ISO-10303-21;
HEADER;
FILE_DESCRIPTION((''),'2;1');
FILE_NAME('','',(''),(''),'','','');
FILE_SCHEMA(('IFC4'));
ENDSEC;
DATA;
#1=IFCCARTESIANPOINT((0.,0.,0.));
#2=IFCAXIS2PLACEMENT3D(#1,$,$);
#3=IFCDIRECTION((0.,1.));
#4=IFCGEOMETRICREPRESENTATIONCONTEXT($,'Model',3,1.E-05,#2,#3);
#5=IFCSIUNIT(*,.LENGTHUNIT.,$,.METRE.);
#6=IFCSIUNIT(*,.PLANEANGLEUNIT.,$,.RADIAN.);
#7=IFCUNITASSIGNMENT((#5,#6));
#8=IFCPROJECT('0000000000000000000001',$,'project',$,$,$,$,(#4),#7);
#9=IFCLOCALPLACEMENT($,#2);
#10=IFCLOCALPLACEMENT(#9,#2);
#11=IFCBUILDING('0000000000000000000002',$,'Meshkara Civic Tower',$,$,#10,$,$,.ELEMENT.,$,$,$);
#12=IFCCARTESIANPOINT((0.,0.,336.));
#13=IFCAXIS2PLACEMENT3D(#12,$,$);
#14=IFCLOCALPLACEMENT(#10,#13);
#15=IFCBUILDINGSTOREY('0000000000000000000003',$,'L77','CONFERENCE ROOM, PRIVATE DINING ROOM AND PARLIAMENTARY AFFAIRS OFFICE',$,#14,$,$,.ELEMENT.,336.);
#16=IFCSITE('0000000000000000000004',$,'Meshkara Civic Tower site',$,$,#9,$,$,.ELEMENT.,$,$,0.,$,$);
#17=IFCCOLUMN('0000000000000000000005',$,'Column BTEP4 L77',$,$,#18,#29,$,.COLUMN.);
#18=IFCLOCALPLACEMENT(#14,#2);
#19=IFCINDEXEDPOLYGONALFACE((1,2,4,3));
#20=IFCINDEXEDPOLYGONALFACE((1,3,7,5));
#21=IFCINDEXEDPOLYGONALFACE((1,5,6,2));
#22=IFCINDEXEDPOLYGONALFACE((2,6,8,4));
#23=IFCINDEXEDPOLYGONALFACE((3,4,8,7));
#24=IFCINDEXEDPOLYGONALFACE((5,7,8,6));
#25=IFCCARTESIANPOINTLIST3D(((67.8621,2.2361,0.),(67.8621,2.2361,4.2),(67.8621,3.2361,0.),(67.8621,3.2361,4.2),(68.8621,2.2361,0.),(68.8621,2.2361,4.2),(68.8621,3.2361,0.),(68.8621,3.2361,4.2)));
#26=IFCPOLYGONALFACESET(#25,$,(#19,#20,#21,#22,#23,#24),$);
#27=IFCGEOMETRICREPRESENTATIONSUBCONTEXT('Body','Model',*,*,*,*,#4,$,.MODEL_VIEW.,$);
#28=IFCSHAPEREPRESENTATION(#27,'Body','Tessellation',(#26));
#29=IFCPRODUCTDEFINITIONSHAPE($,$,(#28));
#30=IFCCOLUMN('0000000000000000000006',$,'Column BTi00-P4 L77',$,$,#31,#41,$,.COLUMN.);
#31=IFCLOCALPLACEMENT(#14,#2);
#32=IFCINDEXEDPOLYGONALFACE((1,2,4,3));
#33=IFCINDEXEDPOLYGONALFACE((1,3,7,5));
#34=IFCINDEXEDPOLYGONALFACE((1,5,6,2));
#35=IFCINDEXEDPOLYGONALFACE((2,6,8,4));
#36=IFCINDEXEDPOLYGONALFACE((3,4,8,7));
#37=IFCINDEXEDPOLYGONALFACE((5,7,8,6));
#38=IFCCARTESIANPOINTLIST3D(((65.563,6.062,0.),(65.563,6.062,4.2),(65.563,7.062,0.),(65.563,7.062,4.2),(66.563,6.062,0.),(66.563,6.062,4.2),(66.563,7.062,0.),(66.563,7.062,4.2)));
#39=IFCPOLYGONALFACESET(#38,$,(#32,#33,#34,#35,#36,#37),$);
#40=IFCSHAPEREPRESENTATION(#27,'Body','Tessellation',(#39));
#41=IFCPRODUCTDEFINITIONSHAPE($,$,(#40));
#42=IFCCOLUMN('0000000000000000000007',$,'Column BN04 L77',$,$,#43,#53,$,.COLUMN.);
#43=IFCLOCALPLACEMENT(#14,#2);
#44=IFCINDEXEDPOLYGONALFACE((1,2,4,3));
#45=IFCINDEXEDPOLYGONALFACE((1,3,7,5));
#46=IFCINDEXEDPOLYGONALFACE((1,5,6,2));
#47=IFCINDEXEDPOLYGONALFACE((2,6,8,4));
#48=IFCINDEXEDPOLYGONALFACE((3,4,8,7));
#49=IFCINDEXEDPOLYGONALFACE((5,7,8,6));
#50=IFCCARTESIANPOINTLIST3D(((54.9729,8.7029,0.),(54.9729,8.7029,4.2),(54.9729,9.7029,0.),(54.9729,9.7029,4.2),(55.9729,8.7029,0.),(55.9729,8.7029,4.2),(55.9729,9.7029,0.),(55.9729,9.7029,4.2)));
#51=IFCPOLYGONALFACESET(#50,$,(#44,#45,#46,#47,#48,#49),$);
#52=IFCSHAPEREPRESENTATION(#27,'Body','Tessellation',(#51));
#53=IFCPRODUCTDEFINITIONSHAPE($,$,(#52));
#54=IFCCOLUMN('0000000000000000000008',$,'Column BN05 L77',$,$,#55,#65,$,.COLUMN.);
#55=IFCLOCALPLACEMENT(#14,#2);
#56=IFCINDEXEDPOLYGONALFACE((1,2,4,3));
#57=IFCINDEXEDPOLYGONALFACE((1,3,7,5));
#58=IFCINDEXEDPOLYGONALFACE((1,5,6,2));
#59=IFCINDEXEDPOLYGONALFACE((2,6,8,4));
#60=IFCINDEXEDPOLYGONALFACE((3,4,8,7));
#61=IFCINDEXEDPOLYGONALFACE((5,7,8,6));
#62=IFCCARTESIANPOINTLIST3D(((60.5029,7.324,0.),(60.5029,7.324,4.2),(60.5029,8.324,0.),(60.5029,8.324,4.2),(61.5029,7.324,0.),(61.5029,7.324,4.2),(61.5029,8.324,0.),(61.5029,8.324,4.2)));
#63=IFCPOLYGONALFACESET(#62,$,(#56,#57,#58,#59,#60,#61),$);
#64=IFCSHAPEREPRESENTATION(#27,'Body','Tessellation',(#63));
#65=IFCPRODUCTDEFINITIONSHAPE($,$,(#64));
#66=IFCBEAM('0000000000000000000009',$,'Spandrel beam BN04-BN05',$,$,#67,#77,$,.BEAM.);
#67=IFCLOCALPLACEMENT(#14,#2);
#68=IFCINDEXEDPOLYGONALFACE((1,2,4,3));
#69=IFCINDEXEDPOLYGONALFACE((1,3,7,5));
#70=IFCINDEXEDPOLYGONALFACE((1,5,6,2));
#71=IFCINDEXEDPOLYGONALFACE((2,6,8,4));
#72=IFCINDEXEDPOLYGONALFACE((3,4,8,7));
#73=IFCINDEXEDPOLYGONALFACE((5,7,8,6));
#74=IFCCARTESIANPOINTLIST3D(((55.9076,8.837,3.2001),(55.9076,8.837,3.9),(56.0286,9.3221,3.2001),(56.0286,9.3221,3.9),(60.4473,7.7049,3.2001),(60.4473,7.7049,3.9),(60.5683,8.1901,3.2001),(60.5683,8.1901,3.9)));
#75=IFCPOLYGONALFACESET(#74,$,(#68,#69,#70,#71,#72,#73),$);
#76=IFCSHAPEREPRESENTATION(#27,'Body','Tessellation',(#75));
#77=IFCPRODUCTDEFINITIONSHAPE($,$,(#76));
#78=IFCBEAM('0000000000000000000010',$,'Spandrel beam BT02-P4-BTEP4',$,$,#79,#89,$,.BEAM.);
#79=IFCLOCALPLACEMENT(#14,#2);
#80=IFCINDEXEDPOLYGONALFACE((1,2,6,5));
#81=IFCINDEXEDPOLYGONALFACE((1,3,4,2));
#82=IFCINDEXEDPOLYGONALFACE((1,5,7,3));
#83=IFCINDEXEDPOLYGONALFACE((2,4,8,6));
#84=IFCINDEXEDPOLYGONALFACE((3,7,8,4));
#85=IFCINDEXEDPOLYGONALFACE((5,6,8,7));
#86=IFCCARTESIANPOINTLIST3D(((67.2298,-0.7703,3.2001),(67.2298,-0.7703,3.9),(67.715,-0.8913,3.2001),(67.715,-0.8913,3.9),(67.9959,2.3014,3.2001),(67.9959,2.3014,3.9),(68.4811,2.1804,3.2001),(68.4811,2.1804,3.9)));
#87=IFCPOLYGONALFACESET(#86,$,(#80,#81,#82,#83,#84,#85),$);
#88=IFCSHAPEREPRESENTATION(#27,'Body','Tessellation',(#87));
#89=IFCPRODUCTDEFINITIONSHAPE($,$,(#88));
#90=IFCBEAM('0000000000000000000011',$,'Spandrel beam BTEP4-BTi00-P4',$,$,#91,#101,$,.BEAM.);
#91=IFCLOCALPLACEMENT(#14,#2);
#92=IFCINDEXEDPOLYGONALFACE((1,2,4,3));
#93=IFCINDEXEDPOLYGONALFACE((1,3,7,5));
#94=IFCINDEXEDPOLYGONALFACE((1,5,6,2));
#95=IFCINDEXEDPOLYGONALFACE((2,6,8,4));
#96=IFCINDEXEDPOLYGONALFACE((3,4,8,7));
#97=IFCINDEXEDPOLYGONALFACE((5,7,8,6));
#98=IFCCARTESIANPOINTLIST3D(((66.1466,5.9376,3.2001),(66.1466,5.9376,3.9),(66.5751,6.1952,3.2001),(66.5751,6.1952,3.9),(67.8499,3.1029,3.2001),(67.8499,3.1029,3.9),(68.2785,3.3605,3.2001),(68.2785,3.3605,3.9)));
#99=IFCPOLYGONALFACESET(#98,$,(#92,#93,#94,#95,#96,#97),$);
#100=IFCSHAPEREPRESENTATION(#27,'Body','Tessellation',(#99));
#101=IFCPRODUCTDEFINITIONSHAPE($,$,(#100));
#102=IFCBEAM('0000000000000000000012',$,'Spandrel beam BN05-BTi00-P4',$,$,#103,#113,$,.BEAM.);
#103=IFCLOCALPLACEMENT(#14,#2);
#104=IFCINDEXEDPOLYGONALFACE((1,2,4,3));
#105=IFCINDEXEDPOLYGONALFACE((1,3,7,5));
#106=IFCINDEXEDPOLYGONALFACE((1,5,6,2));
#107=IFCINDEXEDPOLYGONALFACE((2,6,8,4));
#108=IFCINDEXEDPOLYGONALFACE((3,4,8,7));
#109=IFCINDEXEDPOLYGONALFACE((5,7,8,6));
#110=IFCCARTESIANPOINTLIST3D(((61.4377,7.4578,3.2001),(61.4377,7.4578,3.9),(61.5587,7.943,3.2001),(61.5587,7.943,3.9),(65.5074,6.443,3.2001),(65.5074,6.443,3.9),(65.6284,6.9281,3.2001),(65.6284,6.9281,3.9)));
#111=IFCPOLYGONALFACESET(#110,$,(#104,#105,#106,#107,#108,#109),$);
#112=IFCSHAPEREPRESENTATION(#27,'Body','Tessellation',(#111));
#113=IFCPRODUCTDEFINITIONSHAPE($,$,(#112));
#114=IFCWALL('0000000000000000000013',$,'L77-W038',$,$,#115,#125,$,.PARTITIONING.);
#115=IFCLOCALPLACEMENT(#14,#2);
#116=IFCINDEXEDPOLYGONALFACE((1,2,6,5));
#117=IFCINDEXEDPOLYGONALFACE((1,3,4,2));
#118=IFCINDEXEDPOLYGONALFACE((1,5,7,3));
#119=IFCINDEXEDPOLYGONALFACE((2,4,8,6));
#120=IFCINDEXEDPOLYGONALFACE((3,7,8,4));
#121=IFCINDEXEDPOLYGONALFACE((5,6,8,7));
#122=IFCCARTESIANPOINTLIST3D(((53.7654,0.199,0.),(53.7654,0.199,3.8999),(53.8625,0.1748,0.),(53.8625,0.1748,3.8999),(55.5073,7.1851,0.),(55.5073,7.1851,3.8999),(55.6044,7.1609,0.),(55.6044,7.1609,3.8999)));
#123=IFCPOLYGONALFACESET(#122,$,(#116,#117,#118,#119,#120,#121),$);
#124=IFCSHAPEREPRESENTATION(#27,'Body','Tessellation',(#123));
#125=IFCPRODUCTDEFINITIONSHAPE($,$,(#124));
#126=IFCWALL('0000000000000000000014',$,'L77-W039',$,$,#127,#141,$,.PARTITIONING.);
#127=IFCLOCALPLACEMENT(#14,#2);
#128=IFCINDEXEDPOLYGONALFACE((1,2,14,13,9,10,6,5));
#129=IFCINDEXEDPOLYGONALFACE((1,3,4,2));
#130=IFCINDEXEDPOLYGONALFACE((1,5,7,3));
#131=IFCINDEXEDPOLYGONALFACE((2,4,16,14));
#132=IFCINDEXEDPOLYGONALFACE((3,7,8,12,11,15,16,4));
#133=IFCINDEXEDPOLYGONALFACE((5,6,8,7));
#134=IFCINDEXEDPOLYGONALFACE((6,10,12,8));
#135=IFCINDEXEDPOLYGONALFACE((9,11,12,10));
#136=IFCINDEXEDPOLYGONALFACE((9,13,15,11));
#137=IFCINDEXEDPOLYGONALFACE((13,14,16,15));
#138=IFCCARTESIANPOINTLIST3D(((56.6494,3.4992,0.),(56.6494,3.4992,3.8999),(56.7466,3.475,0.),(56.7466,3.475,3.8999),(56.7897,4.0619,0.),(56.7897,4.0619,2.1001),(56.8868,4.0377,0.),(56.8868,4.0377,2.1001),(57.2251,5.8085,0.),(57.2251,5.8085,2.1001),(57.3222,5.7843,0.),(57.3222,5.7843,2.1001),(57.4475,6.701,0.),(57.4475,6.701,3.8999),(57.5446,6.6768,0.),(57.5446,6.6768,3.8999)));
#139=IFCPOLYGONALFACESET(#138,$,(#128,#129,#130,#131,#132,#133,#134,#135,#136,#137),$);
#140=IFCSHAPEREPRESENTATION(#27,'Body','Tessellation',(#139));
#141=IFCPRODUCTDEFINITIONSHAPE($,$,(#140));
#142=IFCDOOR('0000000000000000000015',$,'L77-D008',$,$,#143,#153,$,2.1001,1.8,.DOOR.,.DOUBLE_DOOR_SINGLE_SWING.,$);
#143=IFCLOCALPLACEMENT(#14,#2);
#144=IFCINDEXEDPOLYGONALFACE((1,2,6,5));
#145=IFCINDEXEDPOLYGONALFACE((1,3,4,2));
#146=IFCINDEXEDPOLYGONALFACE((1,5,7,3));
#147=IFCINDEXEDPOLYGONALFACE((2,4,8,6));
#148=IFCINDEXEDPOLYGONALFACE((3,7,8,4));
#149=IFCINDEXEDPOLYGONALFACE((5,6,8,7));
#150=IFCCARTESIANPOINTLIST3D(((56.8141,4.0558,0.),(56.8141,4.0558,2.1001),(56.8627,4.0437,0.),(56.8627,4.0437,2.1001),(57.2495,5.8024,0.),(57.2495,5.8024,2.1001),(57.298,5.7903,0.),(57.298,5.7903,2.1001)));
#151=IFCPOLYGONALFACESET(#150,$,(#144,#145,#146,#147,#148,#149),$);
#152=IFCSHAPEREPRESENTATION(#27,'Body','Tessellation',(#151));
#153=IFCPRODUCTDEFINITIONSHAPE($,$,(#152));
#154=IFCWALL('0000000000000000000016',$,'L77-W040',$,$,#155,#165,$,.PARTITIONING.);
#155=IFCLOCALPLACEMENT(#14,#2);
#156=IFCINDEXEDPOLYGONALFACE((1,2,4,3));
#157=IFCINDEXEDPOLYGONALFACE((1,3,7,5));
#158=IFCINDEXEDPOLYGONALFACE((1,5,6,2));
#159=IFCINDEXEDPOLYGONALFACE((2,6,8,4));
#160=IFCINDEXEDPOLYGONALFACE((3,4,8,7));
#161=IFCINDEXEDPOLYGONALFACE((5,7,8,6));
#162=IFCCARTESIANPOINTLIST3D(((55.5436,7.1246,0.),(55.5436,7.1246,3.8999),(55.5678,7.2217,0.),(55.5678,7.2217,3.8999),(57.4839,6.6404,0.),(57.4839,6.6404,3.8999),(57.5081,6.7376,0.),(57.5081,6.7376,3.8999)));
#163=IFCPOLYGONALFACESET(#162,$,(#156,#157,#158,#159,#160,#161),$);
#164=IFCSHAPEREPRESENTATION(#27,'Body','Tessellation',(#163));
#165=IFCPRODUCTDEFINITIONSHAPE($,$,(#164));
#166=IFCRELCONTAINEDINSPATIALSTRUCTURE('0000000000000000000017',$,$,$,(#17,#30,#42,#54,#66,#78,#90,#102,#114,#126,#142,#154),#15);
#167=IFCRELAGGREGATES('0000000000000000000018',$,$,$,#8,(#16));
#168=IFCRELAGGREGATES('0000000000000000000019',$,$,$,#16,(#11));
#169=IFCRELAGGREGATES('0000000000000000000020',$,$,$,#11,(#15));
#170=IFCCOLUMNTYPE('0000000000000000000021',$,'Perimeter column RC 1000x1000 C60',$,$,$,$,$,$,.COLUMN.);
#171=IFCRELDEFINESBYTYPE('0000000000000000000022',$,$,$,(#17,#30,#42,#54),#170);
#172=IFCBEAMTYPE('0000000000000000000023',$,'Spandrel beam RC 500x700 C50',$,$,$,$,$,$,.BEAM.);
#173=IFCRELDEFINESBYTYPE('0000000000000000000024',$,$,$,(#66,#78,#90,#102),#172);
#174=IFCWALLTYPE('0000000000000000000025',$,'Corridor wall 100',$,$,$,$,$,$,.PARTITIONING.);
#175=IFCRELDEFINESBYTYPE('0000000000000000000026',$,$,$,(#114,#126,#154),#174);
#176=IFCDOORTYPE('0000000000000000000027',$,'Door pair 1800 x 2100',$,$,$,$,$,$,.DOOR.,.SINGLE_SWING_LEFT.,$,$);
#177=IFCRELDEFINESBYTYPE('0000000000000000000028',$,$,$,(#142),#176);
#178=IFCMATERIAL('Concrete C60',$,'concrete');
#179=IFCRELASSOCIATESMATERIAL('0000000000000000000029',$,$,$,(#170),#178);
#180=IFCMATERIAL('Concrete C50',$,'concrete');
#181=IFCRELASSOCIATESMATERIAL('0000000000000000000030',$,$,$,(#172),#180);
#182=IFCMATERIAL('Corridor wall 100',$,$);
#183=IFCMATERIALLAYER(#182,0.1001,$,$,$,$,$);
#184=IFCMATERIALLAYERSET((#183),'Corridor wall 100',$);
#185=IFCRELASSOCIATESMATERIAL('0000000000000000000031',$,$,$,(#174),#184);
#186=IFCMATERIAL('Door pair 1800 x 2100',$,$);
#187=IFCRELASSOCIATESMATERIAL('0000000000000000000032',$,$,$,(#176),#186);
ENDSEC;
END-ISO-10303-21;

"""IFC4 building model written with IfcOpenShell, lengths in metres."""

from ifc_helpers import new_model, si_unit, direction, frame, frame_2d, origin, origin_2d, place, context, subcontext, project, spatial, rectangle, extrude, material, layer, layer_set, material_profile, profile_set, type_object, element, fill, save


model = new_model("IFC4")

# Units and contexts
model_context = context("Model", 3, precision=1e-05, world=origin(), true_north=direction((0.0, 1.0)))
body_context = subcontext(model_context, "Body", "Model", "MODEL_VIEW")
ifc_project = project(units=[si_unit("LENGTHUNIT", "METRE"), si_unit("PLANEANGLEUNIT", "RADIAN")], contexts=[model_context])

# Site, building, storey
site_placement = place(None, origin())
site = spatial("IfcSite", under=ifc_project, at=site_placement, Name="Meshkara Civic Tower site", CompositionType="ELEMENT", RefElevation=0.0)
building_placement = place(site_placement, origin())
building = spatial("IfcBuilding", under=site, at=building_placement, Name="Meshkara Civic Tower", CompositionType="ELEMENT")
storey_placement = place(building_placement, frame((0.0, 0.0, 336.0)))
storey = spatial("IfcBuildingStorey", under=building, at=storey_placement, Name="L77", Description="CONFERENCE ROOM, PRIVATE DINING ROOM AND PARLIAMENTARY AFFAIRS OFFICE", CompositionType="ELEMENT", Elevation=336.0)

# Columns
ifc_material_1 = material(Name="Concrete C60", Category="concrete")
ifc_material_profile_1 = material_profile(ifc_material_1, rectangle(XDim=1.0, YDim=1.0, at=origin_2d()))
ifc_profile_set_1 = profile_set([ifc_material_profile_1], Name="Concrete C60")
column_type = type_object("IfcColumnType", Name="Perimeter column RC 1000x1000 C60", PredefinedType="COLUMN", material=ifc_profile_set_1)
for number, where, z_axis, x_axis, name in (
    (1, (68.3621, 2.7361, 0.0), (0.0, 0.0, 1.0), (1.0, 0.0, 0.0), "Column BTEP4 L77"),
    (2, (66.063, 6.562, 0.0), (0.0, 0.0, 1.0), (1.0, 0.0, 0.0), "Column BTi00-P4 L77"),
    (3, (55.4729, 9.2029, 0.0), (0.0, 0.0, 1.0), (1.0, 0.0, 0.0), "Column BN04 L77"),
    (4, (61.0029, 7.824, 0.0), (0.0, 0.0, 1.0), (1.0, 0.0, 0.0), "Column BN05 L77"),
):
    element("IfcColumn", number, at=place(storey_placement, frame(where, z_axis=z_axis, x_axis=x_axis)), inside=storey, type_object=column_type, Name=name, PredefinedType="COLUMN", context=body_context, shape_type="SweptSolid", body=[
        extrude(rectangle(XDim=1.0, YDim=1.0, at=origin_2d()), origin(), (0.0, 0.0, 1.0), 4.2),
    ])

# Beams
ifc_material_2 = material(Name="Concrete C50", Category="concrete")
ifc_material_profile_2 = material_profile(ifc_material_2, rectangle(XDim=0.5, YDim=0.7, at=origin_2d()))
ifc_profile_set_2 = profile_set([ifc_material_profile_2], Name="Concrete C50")
beam_type = type_object("IfcBeamType", Name="Spandrel beam RC 500x700 C50", PredefinedType="BEAM", material=ifc_profile_set_2)
beam_1_placement = place(storey_placement, frame((60.5078, 7.9475, 3.55), z_axis=(-0.970287, 0.241959, 0.0), x_axis=(-0.241959, -0.970287, 0.0)))
element("IfcBeam", 5, at=beam_1_placement, inside=storey, type_object=beam_type, Name="Spandrel beam BN04-BN05", PredefinedType="BEAM", context=body_context, shape_type="SweptSolid", body=[
    extrude(rectangle(XDim=0.5, YDim=0.7, at=origin_2d()), origin(), (0.0, 0.0, 1.0), 4.6787),
])
beam_2_placement = place(storey_placement, frame((67.4724, -0.8308, 3.55), z_axis=(0.241991, 0.970278, 0.0), x_axis=(-0.970278, 0.241991, 0.0)))
element("IfcBeam", 6, at=beam_2_placement, inside=storey, type_object=beam_type, Name="Spandrel beam BT02-P4-BTEP4", PredefinedType="BEAM", context=body_context, shape_type="SweptSolid", body=[
    extrude(rectangle(XDim=0.5, YDim=0.7, at=origin_2d()), origin(), (0.0, 0.0, 1.0), 3.1658),
])
beam_3_placement = place(storey_placement, frame((68.0642, 3.2317, 3.55), z_axis=(-0.51506, 0.857154, 0.0), x_axis=(-0.857154, -0.51506, 0.0)))
element("IfcBeam", 7, at=beam_3_placement, inside=storey, type_object=beam_type, Name="Spandrel beam BTEP4-BTi00-P4", PredefinedType="BEAM", context=body_context, shape_type="SweptSolid", body=[
    extrude(rectangle(XDim=0.5, YDim=0.7, at=origin_2d()), origin(), (0.0, 0.0, 1.0), 3.3071),
])
beam_4_placement = place(storey_placement, frame((65.5679, 6.6855, 3.55), z_axis=(-0.970286, 0.24196, 0.0), x_axis=(-0.24196, -0.970286, 0.0)))
element("IfcBeam", 8, at=beam_4_placement, inside=storey, type_object=beam_type, Name="Spandrel beam BN05-BTi00-P4", PredefinedType="BEAM", context=body_context, shape_type="SweptSolid", body=[
    extrude(rectangle(XDim=0.5, YDim=0.7, at=origin_2d()), origin(), (0.0, 0.0, 1.0), 4.1943),
])

# Wall
ifc_material_3 = material(Name="Corridor wall 100")
ifc_layer_1 = layer(ifc_material_3, 0.1001)
ifc_layer_set_1 = layer_set([ifc_layer_1], Name="Corridor wall 100")
wall_type_1 = type_object("IfcWallType", Name="Corridor wall 100", PredefinedType="PARTITIONING", material=ifc_layer_set_1)
wall_1_placement = place(storey_placement, frame((55.5559, 7.1731, 0.0), z_axis=(0.0, 0.0, 1.0), x_axis=(-0.241937, -0.970292, 0.0)))
element("IfcWall", 9, at=wall_1_placement, inside=storey, type_object=wall_type_1, Name="L77-W038", PredefinedType="PARTITIONING", context=body_context, shape_type="SweptSolid", body=[
    extrude(rectangle(XDim=7.2, YDim=0.1001, at=frame_2d((3.6001, 0.0))), origin(), (0.0, 0.0, 1.0), 3.8999),
])

# Wall, opening, door
wall_2_placement = place(storey_placement, frame((56.698, 3.4871, 0.0), z_axis=(0.0, 0.0, 1.0), x_axis=(0.241857, 0.970312, 0.0)))
wall_2 = element("IfcWall", 10, at=wall_2_placement, inside=storey, type_object=wall_type_1, Name="L77-W039", PredefinedType="PARTITIONING", context=body_context, shape_type="SweptSolid", body=[
    extrude(rectangle(XDim=3.2998, YDim=0.1001, at=frame_2d((1.6499, 0.0))), origin(), (0.0, 0.0, 1.0), 3.8999),
])
opening_1_placement = place(wall_2_placement, frame((0.5801, 0.0, 0.0)))
opening_1 = element("IfcOpeningElement", 11, at=opening_1_placement, cuts=wall_2, PredefinedType="OPENING", context=body_context, shape_type="SweptSolid", body=[
    extrude(rectangle(XDim=1.8, YDim=2.1001, at=frame_2d((0.8999, 1.05))), frame((0.0, 0.0601, 0.0), z_axis=(0.0, -1.0, 0.0), x_axis=(1.0, 0.0, 0.0)), (0.0, 0.0, 1.0), 0.1201),
])
ifc_material_4 = material(Name="Door pair 1800 x 2100")
door_type = type_object("IfcDoorType", Name="Door pair 1800 x 2100", OperationType="SINGLE_SWING_LEFT", PredefinedType="DOOR", material=ifc_material_4)
door_placement = place(opening_1_placement, origin())
door = element("IfcDoor", 12, at=door_placement, inside=storey, type_object=door_type, Name="L77-D008", OperationType="DOUBLE_DOOR_SINGLE_SWING", OverallHeight=2.1001, OverallWidth=1.8, PredefinedType="DOOR", context=body_context, shape_type="SweptSolid", body=[
    extrude(rectangle(XDim=1.8, YDim=2.1001, at=frame_2d((0.8999, 1.05))), frame((0.0, 0.0249, 0.0), z_axis=(0.0, -1.0, 0.0), x_axis=(1.0, 0.0, 0.0)), (0.0, 0.0, 1.0), 0.05),
])
fill(opening_1, door)

# Wall
wall_3_placement = place(storey_placement, frame((57.4961, 6.689, 0.0), z_axis=(0.0, 0.0, 1.0), x_axis=(-0.97025, 0.242105, 0.0)))
element("IfcWall", 13, at=wall_3_placement, inside=storey, type_object=wall_type_1, Name="L77-W040", PredefinedType="PARTITIONING", context=body_context, shape_type="SweptSolid", body=[
    extrude(rectangle(XDim=1.9998, YDim=0.1001, at=frame_2d((1.0, 0.0))), origin(), (0.0, 0.0, 1.0), 3.8999),
])

save(model, "model.ifc")
